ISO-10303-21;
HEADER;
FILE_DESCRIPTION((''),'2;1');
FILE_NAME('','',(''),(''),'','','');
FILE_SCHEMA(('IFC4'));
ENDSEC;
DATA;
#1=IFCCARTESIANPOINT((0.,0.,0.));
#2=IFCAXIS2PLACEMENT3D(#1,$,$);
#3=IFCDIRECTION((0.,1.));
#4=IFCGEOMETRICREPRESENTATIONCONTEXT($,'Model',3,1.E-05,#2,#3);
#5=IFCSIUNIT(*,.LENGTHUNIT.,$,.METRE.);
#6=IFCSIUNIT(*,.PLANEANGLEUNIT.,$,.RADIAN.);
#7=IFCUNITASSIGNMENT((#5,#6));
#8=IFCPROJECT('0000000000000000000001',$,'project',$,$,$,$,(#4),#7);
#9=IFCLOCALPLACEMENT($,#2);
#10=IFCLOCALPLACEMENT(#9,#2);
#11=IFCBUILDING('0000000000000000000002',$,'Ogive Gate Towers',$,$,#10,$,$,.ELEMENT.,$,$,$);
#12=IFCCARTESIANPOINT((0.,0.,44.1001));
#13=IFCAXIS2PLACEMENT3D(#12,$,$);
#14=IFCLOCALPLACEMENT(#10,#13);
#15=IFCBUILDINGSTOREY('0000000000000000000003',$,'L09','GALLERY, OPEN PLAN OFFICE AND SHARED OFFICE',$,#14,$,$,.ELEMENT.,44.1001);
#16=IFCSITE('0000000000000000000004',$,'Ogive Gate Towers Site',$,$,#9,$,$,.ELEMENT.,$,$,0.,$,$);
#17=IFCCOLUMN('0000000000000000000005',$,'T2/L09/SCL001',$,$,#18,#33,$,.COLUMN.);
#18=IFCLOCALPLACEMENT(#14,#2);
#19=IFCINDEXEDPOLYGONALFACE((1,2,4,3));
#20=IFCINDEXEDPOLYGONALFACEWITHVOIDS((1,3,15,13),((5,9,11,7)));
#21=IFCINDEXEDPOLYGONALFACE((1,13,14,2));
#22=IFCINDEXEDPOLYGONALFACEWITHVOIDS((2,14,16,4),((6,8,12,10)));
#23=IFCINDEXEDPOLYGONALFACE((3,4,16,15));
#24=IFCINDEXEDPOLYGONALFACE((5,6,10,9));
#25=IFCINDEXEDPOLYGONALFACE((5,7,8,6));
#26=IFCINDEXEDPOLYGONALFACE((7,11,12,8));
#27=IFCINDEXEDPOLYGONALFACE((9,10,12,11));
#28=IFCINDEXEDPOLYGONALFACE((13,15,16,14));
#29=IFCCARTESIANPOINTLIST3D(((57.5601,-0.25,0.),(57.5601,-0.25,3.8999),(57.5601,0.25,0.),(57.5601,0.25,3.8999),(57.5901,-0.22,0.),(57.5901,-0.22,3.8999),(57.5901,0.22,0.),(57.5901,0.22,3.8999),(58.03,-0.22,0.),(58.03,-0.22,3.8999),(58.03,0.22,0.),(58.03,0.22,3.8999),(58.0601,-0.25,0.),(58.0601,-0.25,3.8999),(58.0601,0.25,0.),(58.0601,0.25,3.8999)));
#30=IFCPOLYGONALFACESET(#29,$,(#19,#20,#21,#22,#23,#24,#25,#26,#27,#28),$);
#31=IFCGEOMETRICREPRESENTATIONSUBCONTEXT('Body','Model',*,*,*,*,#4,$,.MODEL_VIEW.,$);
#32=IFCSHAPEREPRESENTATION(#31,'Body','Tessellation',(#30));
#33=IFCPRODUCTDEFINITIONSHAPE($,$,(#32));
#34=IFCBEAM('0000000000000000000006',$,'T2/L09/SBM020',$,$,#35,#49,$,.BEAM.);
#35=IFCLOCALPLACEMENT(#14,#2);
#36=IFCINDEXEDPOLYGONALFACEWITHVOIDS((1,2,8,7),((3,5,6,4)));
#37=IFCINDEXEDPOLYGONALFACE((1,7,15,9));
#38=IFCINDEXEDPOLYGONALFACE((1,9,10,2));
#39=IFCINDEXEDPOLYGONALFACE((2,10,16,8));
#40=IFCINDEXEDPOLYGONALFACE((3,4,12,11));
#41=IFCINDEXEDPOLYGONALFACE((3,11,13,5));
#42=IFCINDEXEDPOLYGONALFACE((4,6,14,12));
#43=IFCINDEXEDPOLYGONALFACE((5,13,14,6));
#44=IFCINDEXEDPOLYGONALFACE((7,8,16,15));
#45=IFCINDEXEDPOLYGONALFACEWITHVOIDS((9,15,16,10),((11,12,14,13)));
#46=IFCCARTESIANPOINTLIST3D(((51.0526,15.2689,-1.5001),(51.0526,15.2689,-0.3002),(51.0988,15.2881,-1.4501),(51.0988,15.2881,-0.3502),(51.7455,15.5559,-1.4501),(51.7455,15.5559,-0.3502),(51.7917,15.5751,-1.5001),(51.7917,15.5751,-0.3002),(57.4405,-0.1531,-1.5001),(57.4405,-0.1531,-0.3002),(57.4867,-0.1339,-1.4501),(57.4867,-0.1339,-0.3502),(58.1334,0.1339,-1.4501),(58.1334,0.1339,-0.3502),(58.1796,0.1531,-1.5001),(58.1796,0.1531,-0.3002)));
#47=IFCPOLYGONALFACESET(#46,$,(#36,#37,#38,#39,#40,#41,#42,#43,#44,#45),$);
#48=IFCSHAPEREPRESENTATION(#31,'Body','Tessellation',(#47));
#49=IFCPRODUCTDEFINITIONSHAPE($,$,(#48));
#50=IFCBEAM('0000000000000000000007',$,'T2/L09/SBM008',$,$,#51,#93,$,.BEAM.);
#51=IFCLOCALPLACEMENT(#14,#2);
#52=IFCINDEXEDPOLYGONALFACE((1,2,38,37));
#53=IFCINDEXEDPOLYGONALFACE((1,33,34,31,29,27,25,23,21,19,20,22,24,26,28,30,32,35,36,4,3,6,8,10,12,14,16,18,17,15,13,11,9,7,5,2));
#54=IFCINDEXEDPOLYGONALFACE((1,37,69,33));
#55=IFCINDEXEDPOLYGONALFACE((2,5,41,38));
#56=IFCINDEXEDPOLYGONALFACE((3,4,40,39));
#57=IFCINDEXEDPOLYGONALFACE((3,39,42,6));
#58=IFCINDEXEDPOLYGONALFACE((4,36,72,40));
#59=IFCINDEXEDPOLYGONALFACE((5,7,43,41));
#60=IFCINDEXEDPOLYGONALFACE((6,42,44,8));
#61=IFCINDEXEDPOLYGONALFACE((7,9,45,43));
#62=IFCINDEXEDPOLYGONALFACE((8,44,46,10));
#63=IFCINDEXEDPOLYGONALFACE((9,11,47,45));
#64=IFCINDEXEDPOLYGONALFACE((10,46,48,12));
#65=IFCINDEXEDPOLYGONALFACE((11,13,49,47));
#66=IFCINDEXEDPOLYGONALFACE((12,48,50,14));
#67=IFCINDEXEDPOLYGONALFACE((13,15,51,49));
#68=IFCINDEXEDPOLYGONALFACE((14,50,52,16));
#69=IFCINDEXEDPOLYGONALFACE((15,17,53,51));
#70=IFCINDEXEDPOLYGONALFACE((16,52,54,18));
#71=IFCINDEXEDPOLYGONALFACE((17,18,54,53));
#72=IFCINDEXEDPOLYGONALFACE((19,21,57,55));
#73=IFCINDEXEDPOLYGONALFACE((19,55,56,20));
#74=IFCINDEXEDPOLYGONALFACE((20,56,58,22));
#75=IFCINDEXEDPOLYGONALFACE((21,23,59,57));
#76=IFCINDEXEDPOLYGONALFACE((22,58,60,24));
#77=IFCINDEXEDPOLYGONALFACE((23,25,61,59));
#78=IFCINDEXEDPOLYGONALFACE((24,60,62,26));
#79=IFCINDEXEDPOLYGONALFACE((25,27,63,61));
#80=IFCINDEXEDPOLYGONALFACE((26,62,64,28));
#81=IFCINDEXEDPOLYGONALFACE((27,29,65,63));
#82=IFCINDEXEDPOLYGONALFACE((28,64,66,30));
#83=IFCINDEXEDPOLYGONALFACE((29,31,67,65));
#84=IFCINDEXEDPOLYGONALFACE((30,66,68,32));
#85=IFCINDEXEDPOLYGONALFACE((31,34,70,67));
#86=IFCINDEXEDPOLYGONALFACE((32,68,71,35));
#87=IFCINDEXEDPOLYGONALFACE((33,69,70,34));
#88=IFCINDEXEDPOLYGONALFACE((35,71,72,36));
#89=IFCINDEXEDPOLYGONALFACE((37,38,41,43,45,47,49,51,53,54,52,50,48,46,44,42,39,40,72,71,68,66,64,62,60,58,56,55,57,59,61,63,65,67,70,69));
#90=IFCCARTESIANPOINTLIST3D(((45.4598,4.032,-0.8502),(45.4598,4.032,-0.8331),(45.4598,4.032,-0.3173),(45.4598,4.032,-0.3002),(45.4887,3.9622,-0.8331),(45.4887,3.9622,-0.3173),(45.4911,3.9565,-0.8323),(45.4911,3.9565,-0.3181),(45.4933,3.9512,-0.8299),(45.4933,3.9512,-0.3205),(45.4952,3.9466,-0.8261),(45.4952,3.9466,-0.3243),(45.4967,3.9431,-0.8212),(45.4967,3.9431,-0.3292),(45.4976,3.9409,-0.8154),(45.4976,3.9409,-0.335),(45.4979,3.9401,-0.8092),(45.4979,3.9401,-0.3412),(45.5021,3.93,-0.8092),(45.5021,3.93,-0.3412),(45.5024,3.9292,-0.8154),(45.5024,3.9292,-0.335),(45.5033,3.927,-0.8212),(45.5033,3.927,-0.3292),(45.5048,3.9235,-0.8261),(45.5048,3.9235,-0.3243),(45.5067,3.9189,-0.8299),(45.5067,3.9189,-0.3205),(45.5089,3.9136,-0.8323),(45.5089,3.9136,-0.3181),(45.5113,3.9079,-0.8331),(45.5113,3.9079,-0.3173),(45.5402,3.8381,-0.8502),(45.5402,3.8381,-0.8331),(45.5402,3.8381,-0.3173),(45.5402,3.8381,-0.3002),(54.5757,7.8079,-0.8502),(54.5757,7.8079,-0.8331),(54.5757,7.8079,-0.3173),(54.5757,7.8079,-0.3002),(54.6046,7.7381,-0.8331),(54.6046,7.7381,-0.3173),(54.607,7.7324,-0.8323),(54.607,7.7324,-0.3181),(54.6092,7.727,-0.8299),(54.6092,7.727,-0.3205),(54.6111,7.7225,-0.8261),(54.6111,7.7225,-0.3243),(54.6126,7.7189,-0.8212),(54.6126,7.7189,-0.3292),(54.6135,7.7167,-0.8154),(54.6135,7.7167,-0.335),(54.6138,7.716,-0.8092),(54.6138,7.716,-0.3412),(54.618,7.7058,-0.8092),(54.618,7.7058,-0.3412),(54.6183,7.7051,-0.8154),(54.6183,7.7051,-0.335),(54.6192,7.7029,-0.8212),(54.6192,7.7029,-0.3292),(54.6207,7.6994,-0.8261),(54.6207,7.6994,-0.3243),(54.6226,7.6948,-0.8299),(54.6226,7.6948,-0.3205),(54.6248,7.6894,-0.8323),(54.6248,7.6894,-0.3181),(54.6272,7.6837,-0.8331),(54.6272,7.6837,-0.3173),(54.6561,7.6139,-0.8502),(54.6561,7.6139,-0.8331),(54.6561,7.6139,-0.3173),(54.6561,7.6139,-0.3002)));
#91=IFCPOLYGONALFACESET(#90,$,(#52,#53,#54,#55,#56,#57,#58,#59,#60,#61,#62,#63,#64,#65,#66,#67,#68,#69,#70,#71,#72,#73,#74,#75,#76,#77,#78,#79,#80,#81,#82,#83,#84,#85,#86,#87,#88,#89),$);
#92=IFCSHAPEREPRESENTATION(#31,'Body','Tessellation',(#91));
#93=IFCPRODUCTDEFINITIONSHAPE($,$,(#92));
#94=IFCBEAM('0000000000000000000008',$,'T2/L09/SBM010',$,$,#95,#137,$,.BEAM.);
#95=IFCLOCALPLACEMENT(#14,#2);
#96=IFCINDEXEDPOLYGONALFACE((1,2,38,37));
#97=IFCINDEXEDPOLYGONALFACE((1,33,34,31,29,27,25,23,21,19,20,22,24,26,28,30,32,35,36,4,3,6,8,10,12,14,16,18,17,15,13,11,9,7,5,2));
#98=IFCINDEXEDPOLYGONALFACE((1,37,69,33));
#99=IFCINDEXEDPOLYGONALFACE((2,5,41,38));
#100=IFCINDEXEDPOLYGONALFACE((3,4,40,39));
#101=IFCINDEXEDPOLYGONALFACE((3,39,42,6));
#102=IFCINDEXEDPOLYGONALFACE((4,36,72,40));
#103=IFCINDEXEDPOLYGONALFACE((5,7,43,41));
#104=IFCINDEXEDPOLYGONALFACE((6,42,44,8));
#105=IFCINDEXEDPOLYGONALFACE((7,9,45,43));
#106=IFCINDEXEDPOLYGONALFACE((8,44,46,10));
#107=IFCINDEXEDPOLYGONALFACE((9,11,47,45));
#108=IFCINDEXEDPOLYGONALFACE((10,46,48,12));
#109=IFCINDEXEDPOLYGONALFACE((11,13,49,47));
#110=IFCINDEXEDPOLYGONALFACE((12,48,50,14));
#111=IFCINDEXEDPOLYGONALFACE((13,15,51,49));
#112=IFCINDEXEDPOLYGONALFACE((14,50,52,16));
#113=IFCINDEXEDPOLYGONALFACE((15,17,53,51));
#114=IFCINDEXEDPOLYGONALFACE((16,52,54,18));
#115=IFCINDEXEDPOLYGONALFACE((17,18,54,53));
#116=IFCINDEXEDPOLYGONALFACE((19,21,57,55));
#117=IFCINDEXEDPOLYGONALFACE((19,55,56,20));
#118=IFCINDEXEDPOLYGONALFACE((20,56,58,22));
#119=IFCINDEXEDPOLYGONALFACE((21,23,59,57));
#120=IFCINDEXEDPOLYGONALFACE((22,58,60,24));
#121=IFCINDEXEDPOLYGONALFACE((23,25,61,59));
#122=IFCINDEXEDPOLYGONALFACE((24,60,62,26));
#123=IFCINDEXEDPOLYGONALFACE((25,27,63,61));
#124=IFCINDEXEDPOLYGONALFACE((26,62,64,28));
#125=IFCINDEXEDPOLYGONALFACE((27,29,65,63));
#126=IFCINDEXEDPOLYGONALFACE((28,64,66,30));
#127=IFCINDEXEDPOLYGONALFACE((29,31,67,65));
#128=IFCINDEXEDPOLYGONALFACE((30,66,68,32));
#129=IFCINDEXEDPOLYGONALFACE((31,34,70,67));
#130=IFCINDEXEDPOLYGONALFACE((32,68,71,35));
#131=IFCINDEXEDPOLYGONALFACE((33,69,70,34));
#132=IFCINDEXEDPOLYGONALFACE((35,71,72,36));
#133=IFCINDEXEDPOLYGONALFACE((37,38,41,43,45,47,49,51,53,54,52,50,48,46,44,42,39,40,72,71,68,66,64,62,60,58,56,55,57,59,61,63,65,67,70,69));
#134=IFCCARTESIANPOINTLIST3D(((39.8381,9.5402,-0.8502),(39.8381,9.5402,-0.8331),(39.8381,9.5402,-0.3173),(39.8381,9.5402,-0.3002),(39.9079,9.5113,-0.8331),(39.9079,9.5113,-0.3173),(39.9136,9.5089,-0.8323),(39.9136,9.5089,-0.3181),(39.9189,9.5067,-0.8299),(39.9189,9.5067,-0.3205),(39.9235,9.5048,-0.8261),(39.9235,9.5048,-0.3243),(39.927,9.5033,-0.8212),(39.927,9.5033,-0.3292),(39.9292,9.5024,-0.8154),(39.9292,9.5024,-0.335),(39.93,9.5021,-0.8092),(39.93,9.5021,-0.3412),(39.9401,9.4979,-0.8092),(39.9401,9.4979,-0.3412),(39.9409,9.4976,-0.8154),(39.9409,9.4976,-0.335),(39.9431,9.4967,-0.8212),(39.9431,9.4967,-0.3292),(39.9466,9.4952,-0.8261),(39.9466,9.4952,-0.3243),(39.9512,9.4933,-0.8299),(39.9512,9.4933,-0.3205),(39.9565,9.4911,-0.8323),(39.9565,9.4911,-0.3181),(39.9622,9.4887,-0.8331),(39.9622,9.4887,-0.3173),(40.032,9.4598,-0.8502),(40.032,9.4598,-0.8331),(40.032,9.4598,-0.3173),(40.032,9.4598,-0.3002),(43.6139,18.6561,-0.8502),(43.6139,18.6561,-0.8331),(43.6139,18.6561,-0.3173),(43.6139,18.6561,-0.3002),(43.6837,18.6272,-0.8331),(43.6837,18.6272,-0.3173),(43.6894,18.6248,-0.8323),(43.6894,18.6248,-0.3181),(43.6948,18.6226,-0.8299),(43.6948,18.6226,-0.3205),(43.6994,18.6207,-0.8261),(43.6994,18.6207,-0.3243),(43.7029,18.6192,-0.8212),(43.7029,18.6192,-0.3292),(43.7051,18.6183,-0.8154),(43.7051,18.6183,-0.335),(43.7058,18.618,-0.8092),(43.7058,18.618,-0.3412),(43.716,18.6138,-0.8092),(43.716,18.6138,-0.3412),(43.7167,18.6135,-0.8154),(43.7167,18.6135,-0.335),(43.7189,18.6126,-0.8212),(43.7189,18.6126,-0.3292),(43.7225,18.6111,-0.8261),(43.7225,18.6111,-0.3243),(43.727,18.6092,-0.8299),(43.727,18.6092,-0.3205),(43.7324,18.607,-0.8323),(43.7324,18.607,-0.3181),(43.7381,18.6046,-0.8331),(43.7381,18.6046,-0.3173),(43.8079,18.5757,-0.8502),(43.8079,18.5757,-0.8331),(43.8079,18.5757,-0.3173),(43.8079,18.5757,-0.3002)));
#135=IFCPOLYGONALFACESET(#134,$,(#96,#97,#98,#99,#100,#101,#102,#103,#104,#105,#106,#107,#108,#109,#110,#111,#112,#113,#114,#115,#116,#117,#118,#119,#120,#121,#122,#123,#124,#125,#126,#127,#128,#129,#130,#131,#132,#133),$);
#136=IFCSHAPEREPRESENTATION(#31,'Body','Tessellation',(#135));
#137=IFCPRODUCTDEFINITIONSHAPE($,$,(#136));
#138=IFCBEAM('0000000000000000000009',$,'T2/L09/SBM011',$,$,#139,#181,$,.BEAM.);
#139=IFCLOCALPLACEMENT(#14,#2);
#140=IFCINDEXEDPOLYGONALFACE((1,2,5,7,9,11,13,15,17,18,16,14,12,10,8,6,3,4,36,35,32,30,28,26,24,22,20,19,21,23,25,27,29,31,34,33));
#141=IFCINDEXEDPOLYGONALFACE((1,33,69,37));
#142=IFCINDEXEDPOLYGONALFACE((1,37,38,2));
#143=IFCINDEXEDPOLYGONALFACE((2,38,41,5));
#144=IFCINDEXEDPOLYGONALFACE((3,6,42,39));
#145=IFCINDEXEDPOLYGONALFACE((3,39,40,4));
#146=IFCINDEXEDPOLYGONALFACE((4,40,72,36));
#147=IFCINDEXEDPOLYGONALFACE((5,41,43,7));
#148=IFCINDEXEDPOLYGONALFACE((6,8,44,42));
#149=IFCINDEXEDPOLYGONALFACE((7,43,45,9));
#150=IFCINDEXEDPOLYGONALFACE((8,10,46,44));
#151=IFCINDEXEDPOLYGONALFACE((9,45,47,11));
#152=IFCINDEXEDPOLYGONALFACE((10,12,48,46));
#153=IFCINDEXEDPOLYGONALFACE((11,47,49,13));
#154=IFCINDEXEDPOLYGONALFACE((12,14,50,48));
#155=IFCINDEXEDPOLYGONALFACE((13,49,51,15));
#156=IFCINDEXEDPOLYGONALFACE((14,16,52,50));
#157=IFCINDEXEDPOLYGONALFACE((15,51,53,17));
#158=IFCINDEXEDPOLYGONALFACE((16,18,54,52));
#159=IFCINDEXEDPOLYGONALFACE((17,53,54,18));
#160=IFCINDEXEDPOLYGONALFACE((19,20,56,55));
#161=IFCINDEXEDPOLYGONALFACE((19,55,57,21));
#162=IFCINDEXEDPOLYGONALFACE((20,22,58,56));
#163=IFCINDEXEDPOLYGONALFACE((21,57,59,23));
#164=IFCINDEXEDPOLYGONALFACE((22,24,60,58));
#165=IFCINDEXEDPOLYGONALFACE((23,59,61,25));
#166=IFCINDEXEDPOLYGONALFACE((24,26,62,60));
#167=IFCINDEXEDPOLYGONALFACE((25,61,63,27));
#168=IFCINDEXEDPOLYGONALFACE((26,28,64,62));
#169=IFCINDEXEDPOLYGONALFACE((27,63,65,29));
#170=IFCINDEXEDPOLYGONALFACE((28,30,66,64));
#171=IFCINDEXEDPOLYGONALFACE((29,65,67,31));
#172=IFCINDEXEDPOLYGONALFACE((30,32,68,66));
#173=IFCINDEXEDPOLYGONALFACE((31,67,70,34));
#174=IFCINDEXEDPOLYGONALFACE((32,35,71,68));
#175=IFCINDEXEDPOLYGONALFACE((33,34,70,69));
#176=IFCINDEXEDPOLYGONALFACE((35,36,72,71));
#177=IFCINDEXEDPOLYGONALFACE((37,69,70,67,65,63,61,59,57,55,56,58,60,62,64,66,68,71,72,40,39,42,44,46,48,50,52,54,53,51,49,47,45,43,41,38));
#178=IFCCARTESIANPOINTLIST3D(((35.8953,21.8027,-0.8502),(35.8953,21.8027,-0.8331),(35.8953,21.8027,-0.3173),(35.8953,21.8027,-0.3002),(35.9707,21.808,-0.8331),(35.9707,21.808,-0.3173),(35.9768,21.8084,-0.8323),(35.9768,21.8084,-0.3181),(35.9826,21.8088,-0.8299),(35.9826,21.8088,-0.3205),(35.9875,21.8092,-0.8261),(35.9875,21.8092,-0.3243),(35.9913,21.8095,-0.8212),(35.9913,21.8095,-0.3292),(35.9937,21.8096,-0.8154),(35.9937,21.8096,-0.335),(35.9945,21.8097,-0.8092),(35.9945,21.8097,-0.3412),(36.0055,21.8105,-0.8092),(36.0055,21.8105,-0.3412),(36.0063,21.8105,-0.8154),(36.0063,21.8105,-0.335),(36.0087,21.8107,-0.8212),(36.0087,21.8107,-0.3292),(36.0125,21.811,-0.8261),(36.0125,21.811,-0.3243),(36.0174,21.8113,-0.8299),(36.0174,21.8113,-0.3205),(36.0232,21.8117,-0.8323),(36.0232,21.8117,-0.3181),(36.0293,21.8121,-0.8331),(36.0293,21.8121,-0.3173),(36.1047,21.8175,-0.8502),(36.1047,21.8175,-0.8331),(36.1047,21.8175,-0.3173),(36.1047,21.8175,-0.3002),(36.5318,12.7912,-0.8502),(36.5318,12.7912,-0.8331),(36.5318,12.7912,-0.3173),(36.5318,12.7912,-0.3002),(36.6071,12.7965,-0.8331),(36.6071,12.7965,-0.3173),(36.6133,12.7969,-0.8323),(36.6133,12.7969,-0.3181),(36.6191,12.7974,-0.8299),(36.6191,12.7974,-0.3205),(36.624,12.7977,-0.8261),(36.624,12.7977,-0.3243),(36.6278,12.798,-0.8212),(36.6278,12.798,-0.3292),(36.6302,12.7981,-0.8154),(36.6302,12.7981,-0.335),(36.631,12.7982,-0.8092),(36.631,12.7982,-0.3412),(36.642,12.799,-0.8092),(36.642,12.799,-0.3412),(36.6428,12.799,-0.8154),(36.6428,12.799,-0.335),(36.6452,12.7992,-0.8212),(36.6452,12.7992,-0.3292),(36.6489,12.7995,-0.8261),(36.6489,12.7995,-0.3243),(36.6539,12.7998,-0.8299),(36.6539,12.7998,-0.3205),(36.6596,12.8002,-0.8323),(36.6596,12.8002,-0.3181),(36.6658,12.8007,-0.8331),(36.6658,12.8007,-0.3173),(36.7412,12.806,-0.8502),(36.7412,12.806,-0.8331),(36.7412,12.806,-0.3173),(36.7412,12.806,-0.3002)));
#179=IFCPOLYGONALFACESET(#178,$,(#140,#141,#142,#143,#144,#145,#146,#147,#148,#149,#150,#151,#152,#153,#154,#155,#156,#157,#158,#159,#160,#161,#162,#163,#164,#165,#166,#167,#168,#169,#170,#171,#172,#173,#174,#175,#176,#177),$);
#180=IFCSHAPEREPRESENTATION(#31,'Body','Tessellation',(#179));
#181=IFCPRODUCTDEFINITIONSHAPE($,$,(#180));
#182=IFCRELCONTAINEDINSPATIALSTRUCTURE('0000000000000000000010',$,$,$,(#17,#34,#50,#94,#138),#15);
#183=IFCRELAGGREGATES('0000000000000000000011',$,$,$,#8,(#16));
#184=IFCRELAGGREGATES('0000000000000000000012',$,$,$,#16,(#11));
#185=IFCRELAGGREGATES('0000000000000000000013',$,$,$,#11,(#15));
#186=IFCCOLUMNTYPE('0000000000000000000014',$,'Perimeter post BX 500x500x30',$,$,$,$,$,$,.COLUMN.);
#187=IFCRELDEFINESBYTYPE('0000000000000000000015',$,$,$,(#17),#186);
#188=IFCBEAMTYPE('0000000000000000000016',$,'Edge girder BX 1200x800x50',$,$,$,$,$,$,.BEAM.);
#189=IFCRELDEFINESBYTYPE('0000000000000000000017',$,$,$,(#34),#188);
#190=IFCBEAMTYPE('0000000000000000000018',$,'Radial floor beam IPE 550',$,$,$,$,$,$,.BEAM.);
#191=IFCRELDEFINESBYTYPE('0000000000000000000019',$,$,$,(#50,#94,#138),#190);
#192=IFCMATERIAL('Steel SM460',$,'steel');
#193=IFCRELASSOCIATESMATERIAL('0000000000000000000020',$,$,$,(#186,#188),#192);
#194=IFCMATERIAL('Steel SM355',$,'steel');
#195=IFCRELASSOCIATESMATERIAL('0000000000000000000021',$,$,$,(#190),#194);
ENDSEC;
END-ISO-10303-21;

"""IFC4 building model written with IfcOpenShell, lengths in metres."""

from ifc_helpers import new_model, si_unit, direction, frame, origin, origin_2d, place, context, subcontext, project, spatial, hollow_rectangle, i_section, extrude, material, material_profile, profile_set, type_object, element, save


model = new_model("IFC4")

# Units and contexts
model_context = context("Model", 3, precision=1e-05, world=origin(), true_north=direction((0.0, 1.0)))
body_context = subcontext(model_context, "Body", "Model", "MODEL_VIEW")
ifc_project = project(units=[si_unit("LENGTHUNIT", "METRE"), si_unit("PLANEANGLEUNIT", "RADIAN")], contexts=[model_context])

# Site, building, storey
site_placement = place(None, origin())
site = spatial("IfcSite", under=ifc_project, at=site_placement, Name="Ogive Gate Towers Site", CompositionType="ELEMENT", RefElevation=0.0)
building_placement = place(site_placement, origin())
building = spatial("IfcBuilding", under=site, at=building_placement, Name="Ogive Gate Towers", CompositionType="ELEMENT")
storey_placement = place(building_placement, frame((0.0, 0.0, 44.1001)))
storey = spatial("IfcBuildingStorey", under=building, at=storey_placement, Name="L09", Description="GALLERY, OPEN PLAN OFFICE AND SHARED OFFICE", CompositionType="ELEMENT", Elevation=44.1001)

# Column
ifc_material_1 = material(Name="Steel SM460", Category="steel")
ifc_material_profile_1 = material_profile(ifc_material_1, hollow_rectangle(XDim=0.5, YDim=0.5, WallThickness=0.03, at=origin_2d()), Name="BX 500x500x30")
ifc_profile_set_1 = profile_set([ifc_material_profile_1], Name="Steel SM460")
column_type = type_object("IfcColumnType", Name="Perimeter post BX 500x500x30", PredefinedType="COLUMN", material=ifc_profile_set_1)
column_placement = place(storey_placement, frame((57.8101, 0.0, 0.0), z_axis=(0.0, 0.0, 1.0), x_axis=(1.0, 0.0, 0.0)))
element("IfcColumn", 1, at=column_placement, inside=storey, type_object=column_type, Name="T2/L09/SCL001", PredefinedType="COLUMN", context=body_context, shape_type="SweptSolid", body=[
    extrude(hollow_rectangle(XDim=0.5, YDim=0.5, WallThickness=0.03, at=origin_2d()), origin(), (0.0, 0.0, 1.0), 3.8999),
])

# Beams
ifc_material_profile_2 = material_profile(ifc_material_1, hollow_rectangle(XDim=0.8, YDim=1.2, WallThickness=0.05, at=origin_2d()), Name="BX 1200x800x50")
ifc_profile_set_2 = profile_set([ifc_material_profile_2], Name="Steel SM460")
beam_type_1 = type_object("IfcBeamType", Name="Edge girder BX 1200x800x50", PredefinedType="BEAM", material=ifc_profile_set_2)
beam_1_placement = place(storey_placement, frame((57.8101, 0.0, -0.9001), z_axis=(-0.382678, 0.923882, 0.0), x_axis=(-0.923882, -0.382678, 0.0)))
element("IfcBeam", 2, at=beam_1_placement, inside=storey, type_object=beam_type_1, Name="T2/L09/SBM020", PredefinedType="BEAM", context=body_context, shape_type="SweptSolid", body=[
    extrude(hollow_rectangle(XDim=0.8, YDim=1.2, WallThickness=0.05, at=origin_2d()), origin(), (0.0, 0.0, 1.0), 16.6926),
])
ifc_material_2 = material(Name="Steel SM355", Category="steel")
ifc_material_profile_3 = material_profile(ifc_material_2, i_section(OverallWidth=0.21, OverallDepth=0.55, WebThickness=0.011, FlangeThickness=0.0171, FilletRadius=0.0239, at=origin_2d()), Name="IPE 550")
ifc_profile_set_3 = profile_set([ifc_material_profile_3], Name="Steel SM355")
beam_type_2 = type_object("IfcBeamType", Name="Radial floor beam IPE 550", PredefinedType="BEAM", material=ifc_profile_set_3)
for number, where, z_axis, x_axis, name in (
    (3, (45.5, 3.9351, -0.5752), (0.923882, 0.382677, 0.0), (-0.382677, 0.923882, 0.0), "T2/L09/SBM008"),
    (4, (39.9351, 9.5, -0.5752), (0.382677, 0.923882, 0.0), (-0.923882, 0.382677, 0.0), "T2/L09/SBM010"),
):
    element("IfcBeam", number, at=place(storey_placement, frame(where, z_axis=z_axis, x_axis=x_axis)), inside=storey, type_object=beam_type_2, Name=name, PredefinedType="BEAM", context=body_context, shape_type="SweptSolid", body=[
        extrude(i_section(OverallWidth=0.21, OverallDepth=0.55, WebThickness=0.011, FlangeThickness=0.0171, FilletRadius=0.0239, at=origin_2d()), origin(), (0.0, 0.0, 1.0), 9.8669),
    ])
beam_2_placement = place(storey_placement, frame((36.6365, 12.7986, -0.5752), z_axis=(-0.070454, 0.997515, 0.0), x_axis=(-0.997515, -0.070454, 0.0)))
element("IfcBeam", 5, at=beam_2_placement, inside=storey, type_object=beam_type_2, Name="T2/L09/SBM011", PredefinedType="BEAM", context=body_context, shape_type="SweptSolid", body=[
    extrude(i_section(OverallWidth=0.21, OverallDepth=0.55, WebThickness=0.011, FlangeThickness=0.0171, FilletRadius=0.0239, at=origin_2d()), origin(), (0.0, 0.0, 1.0), 9.0339),
])

save(model, "model.ifc")
